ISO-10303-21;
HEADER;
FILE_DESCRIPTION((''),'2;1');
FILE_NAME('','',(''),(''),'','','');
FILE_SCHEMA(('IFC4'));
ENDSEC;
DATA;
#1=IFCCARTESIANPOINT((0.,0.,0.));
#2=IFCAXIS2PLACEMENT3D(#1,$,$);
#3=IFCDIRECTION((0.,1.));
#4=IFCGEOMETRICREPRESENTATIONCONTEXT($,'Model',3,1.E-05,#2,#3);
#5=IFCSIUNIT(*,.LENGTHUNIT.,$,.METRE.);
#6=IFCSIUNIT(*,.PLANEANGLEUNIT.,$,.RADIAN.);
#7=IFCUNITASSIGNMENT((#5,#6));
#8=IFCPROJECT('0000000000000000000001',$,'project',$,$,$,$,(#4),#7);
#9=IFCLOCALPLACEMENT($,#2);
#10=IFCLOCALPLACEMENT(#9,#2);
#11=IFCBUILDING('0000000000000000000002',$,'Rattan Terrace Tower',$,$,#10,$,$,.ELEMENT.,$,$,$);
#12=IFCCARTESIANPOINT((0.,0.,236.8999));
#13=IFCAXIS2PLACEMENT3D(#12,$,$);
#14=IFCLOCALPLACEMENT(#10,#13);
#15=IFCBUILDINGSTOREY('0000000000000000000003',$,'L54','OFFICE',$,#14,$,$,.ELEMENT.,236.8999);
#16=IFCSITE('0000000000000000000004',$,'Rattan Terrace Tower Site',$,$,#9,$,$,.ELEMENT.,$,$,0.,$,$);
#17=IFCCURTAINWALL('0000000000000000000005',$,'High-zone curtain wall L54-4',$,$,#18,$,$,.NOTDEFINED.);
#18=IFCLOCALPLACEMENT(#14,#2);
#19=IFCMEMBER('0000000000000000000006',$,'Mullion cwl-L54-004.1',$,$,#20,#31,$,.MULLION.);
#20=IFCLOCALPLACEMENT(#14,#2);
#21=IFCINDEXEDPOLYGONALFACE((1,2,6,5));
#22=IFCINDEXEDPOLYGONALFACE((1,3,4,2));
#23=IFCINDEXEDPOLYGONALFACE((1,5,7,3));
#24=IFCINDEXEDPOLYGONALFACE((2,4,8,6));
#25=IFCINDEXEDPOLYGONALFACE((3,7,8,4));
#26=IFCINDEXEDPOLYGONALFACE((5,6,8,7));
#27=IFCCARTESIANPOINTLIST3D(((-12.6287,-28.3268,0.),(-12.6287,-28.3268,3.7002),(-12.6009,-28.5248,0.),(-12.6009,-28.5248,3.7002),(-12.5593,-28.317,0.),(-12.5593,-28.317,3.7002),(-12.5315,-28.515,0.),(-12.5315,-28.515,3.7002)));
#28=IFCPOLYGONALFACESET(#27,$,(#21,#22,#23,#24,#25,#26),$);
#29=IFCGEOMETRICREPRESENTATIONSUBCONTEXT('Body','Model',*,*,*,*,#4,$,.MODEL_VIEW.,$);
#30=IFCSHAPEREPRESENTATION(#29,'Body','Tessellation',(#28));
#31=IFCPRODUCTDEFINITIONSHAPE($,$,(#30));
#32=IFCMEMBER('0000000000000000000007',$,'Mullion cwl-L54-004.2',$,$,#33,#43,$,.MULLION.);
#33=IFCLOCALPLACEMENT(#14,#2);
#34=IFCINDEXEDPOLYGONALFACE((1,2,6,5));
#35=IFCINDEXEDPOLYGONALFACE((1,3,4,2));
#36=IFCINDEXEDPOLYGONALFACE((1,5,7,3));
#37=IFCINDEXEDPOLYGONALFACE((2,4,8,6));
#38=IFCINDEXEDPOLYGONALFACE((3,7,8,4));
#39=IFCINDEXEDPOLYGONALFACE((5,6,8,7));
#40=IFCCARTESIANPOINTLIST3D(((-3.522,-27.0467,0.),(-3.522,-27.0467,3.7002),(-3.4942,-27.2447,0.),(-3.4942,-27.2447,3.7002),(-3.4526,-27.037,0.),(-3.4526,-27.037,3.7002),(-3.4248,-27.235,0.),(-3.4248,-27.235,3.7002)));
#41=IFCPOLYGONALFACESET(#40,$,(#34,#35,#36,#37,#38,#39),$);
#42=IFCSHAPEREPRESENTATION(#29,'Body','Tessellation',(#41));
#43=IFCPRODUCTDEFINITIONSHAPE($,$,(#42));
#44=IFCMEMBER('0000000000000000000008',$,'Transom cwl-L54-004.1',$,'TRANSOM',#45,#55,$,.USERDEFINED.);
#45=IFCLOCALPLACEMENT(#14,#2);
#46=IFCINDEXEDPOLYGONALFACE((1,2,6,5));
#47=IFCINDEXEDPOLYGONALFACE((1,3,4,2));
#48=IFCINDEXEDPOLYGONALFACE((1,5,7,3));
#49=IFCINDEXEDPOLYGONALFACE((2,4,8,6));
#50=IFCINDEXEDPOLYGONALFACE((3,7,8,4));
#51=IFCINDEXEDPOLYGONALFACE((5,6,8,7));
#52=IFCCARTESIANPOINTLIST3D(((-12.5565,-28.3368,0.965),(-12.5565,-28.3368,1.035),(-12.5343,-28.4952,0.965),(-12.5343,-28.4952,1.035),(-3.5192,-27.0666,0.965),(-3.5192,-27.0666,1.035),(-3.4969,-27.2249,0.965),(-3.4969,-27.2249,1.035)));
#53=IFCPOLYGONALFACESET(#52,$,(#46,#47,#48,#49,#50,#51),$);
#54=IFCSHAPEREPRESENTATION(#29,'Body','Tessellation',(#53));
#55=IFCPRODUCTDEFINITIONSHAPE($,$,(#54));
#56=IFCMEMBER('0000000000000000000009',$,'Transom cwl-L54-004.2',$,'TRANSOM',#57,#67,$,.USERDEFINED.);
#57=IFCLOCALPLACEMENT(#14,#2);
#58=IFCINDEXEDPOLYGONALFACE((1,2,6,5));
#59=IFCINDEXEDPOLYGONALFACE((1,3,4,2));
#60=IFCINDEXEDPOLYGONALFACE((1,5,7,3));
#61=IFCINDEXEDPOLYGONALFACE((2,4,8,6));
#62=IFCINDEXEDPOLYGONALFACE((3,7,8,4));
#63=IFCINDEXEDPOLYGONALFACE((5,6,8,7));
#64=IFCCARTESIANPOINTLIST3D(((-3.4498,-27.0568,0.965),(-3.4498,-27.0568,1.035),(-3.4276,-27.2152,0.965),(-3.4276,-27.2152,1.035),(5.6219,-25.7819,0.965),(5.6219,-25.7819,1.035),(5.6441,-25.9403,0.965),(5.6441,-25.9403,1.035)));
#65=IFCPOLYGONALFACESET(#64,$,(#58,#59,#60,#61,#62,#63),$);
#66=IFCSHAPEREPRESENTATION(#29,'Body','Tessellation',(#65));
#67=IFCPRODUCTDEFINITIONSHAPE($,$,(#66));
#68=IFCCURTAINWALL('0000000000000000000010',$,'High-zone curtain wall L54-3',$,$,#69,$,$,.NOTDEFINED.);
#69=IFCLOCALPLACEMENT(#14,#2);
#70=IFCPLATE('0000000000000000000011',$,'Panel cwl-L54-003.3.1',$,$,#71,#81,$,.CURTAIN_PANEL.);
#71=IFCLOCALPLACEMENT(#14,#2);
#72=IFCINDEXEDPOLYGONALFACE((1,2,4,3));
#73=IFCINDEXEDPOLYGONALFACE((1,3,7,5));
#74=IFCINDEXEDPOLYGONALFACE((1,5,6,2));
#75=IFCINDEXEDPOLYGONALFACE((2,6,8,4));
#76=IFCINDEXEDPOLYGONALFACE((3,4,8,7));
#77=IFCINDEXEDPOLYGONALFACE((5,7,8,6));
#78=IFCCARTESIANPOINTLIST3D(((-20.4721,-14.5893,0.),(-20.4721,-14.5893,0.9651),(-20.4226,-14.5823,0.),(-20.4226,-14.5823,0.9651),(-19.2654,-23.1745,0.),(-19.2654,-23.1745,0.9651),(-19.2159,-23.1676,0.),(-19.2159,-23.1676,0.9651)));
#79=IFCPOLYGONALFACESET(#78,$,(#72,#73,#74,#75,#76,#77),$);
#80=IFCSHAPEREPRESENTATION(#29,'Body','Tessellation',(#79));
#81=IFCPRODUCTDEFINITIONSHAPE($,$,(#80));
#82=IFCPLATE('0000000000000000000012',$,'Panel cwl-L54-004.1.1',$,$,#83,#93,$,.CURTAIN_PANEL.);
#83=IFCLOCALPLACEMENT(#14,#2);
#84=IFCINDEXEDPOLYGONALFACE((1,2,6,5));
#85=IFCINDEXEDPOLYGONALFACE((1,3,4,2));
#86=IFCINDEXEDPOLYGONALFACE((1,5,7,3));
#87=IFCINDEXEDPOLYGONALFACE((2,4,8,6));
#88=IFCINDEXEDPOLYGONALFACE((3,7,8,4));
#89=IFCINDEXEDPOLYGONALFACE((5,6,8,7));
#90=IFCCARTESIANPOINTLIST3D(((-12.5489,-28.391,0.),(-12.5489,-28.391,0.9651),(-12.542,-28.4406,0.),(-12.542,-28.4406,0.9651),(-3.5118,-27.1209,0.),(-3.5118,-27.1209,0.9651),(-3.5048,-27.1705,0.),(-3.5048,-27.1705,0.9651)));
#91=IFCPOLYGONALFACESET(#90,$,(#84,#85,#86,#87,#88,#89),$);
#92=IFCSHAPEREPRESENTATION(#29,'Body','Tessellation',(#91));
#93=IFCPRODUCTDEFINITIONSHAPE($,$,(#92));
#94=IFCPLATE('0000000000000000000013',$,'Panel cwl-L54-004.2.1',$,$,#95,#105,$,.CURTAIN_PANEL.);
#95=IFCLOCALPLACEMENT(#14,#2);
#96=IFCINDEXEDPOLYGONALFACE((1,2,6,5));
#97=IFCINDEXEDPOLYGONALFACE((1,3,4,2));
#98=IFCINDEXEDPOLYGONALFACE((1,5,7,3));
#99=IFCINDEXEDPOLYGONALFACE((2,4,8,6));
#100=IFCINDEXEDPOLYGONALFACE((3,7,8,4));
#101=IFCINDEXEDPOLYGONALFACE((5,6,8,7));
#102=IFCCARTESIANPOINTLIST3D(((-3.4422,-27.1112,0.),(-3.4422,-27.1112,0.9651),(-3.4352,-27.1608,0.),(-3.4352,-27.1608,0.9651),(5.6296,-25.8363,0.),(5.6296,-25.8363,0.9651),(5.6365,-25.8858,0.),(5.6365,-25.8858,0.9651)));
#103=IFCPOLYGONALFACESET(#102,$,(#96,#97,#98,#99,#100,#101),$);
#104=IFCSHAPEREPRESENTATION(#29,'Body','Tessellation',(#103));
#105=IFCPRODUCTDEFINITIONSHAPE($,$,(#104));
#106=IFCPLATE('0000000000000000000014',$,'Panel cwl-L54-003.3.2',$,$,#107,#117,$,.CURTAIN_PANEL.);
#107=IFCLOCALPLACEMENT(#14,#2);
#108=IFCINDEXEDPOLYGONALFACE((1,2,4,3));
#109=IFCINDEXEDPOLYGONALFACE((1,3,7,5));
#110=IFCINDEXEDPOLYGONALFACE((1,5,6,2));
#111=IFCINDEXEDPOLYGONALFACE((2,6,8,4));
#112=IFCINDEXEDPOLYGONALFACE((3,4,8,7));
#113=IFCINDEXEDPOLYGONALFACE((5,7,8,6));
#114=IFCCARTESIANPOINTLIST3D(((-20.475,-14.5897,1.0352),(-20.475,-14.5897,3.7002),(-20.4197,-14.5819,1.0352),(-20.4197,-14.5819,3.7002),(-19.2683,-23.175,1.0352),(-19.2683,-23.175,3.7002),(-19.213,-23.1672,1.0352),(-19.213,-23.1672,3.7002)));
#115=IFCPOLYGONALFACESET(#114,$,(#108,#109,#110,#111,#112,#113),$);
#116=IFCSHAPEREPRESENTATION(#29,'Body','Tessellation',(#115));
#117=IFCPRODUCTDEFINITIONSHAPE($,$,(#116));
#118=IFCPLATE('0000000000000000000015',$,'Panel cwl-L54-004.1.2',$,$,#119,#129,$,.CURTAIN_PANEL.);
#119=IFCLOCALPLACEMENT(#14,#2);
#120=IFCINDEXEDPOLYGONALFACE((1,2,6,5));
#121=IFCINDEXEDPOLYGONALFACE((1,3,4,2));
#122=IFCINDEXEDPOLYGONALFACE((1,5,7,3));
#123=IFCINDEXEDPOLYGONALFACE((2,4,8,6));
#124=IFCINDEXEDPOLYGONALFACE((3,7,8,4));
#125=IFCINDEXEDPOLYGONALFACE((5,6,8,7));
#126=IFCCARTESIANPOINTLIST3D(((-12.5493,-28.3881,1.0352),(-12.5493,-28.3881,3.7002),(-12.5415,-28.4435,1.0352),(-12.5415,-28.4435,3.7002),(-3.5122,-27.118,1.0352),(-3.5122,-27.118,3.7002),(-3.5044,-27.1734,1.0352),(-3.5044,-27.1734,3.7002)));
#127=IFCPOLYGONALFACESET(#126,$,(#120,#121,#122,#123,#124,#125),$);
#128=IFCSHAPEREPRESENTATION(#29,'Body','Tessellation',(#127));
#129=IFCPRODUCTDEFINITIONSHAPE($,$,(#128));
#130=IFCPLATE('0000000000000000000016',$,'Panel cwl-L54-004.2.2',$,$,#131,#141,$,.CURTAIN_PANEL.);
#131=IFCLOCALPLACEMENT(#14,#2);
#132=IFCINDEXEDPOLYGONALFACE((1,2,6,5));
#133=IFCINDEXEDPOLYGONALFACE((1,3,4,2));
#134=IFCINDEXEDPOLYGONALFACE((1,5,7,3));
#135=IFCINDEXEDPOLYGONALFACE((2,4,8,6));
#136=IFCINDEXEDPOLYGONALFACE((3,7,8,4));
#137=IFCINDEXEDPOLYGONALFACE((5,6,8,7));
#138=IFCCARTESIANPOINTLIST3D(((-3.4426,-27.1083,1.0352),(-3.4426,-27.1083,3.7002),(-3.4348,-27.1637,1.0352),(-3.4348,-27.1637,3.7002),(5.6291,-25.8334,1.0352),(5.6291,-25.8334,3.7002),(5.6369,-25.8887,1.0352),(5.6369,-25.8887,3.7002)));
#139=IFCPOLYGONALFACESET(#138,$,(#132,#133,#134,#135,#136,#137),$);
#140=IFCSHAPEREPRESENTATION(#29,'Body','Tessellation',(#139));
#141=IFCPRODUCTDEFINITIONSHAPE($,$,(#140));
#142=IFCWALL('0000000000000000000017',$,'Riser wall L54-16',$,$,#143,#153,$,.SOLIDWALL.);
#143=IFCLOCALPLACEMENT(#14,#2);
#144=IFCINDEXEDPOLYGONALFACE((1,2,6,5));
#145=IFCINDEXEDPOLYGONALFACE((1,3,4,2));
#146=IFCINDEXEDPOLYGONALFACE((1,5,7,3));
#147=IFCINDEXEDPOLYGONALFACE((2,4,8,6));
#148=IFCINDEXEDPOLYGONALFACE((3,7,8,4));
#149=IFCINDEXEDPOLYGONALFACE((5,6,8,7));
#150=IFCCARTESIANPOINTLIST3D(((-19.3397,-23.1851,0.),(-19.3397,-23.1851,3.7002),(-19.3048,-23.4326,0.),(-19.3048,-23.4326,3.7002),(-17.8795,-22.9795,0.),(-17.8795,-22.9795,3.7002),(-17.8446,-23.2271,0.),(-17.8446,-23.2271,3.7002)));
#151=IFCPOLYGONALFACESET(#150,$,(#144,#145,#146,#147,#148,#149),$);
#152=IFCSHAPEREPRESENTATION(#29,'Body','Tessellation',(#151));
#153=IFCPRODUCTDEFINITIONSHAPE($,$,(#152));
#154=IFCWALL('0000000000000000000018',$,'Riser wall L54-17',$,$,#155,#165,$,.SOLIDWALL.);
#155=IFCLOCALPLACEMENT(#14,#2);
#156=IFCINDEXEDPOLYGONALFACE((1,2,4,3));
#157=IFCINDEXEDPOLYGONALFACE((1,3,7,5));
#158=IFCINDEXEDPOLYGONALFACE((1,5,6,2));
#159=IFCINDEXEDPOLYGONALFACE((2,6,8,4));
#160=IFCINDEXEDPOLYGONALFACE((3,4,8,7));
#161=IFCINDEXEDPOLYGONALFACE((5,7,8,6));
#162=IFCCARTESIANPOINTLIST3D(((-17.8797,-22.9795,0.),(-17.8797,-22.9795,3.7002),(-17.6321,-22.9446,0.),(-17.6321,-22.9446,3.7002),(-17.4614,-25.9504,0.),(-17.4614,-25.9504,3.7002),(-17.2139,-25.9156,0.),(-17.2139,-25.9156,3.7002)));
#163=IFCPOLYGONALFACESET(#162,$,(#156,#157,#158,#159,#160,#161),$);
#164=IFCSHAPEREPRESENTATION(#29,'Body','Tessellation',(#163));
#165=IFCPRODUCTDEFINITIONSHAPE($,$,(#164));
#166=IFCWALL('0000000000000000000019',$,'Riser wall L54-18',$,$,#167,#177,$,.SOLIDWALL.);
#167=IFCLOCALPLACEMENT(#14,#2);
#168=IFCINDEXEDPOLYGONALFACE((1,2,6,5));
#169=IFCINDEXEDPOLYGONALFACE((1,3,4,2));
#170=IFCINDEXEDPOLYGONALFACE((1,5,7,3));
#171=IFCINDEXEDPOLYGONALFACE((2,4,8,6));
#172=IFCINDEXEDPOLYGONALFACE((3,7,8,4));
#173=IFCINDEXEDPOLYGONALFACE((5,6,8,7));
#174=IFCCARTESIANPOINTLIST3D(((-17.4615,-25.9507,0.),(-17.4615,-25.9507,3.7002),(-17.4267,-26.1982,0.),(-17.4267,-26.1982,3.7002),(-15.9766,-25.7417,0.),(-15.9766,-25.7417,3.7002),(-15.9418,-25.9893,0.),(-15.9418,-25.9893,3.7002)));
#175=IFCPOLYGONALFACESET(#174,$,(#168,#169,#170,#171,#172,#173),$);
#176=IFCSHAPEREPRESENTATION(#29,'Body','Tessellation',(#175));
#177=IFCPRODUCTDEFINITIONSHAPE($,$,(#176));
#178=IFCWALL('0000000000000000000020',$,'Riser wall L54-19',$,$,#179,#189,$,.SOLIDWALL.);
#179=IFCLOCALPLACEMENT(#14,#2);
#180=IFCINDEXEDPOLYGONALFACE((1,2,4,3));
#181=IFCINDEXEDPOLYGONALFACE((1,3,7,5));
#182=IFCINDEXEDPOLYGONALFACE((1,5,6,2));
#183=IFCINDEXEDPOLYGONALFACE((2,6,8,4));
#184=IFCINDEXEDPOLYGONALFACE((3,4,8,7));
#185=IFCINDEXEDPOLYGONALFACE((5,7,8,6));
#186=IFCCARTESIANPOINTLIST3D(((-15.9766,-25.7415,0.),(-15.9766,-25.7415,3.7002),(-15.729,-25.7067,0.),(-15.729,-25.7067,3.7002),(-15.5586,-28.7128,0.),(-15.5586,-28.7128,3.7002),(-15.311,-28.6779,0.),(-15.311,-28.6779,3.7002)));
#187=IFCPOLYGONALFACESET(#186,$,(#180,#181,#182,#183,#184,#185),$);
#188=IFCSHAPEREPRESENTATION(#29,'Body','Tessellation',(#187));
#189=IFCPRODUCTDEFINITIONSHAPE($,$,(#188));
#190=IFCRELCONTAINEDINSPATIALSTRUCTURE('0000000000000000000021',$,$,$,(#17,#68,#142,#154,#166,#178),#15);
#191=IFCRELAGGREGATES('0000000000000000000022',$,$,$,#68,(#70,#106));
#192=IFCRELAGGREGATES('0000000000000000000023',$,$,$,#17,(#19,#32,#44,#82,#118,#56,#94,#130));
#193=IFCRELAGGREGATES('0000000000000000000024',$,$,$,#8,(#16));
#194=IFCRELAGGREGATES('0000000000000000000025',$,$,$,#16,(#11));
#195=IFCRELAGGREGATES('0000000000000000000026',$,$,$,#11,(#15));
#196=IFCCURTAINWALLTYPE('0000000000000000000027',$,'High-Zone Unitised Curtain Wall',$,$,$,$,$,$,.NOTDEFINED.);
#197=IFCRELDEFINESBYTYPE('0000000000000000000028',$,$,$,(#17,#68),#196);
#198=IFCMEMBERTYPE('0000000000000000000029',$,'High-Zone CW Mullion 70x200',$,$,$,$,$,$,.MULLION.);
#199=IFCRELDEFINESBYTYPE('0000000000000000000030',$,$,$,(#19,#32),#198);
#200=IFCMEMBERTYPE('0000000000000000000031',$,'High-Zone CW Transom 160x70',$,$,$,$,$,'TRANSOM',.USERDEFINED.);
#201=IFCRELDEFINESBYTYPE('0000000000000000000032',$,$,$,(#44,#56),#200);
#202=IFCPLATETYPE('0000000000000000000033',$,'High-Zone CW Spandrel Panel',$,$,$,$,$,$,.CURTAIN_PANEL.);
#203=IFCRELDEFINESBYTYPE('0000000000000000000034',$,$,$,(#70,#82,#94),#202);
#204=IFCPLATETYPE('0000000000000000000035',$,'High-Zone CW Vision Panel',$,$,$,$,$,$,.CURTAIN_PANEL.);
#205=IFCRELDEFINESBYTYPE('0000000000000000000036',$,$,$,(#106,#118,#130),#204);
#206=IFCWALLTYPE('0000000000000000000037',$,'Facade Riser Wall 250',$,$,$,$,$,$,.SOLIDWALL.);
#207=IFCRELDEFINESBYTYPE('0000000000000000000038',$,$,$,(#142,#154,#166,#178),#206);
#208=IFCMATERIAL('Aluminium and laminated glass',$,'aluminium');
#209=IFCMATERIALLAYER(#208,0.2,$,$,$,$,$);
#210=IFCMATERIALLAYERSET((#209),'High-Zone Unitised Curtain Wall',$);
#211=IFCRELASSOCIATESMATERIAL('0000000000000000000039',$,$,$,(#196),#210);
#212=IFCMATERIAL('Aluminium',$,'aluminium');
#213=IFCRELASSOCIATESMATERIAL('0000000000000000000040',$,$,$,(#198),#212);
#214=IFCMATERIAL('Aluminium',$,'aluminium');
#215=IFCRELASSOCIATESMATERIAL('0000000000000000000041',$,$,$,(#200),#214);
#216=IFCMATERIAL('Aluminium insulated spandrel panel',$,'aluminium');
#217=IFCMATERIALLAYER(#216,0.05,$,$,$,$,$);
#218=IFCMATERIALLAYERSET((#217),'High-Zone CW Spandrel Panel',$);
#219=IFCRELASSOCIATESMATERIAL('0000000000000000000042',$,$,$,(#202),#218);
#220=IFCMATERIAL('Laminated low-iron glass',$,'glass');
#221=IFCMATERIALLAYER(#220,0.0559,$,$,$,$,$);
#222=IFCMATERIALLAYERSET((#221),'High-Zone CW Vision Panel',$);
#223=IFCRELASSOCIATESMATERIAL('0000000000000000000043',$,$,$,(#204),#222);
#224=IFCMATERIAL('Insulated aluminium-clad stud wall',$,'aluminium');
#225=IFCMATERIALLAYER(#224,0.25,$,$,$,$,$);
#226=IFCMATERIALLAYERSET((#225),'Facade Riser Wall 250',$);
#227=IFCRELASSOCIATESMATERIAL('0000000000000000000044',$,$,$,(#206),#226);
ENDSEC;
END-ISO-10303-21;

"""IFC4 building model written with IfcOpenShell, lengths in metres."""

from ifc_helpers import new_model, si_unit, direction, frame, frame_2d, origin, origin_2d, place, context, subcontext, project, spatial, rectangle, extrude, material, layer, layer_set, material_profile, profile_set, type_object, element, aggregate, save


model = new_model("IFC4")

# Units and contexts
model_context = context("Model", 3, precision=1e-05, world=origin(), true_north=direction((0.0, 1.0)))
body_context = subcontext(model_context, "Body", "Model", "MODEL_VIEW")
ifc_project = project(units=[si_unit("LENGTHUNIT", "METRE"), si_unit("PLANEANGLEUNIT", "RADIAN")], contexts=[model_context])

# Site, building, storey
site_placement = place(None, origin())
site = spatial("IfcSite", under=ifc_project, at=site_placement, Name="Rattan Terrace Tower Site", CompositionType="ELEMENT", RefElevation=0.0)
building_placement = place(site_placement, origin())
building = spatial("IfcBuilding", under=site, at=building_placement, Name="Rattan Terrace Tower", CompositionType="ELEMENT")
storey_placement = place(building_placement, frame((0.0, 0.0, 236.8999)))
storey = spatial("IfcBuildingStorey", under=building, at=storey_placement, Name="L54", Description="OFFICE", CompositionType="ELEMENT", Elevation=236.8999)

# Curtain wall, members
ifc_material_1 = material(Name="Aluminium and laminated glass", Category="aluminium")
ifc_layer_1 = layer(ifc_material_1, 0.2)
ifc_layer_set_1 = layer_set([ifc_layer_1], Name="High-Zone Unitised Curtain Wall")
curtain_wall_type = type_object("IfcCurtainWallType", Name="High-Zone Unitised Curtain Wall", PredefinedType="NOTDEFINED", material=ifc_layer_set_1)
curtain_wall_1_placement = place(storey_placement, origin())
curtain_wall_1 = element("IfcCurtainWall", 1, at=curtain_wall_1_placement, inside=storey, type_object=curtain_wall_type, Name="High-zone curtain wall L54-4", PredefinedType="NOTDEFINED")
ifc_material_2 = material(Name="Aluminium", Category="aluminium")
ifc_material_profile_1 = material_profile(ifc_material_2, rectangle(XDim=0.0701, YDim=0.2, at=origin_2d()), Name="Aluminium 70x200")
ifc_profile_set_1 = profile_set([ifc_material_profile_1], Name="Aluminium")
member_type_1 = type_object("IfcMemberType", Name="High-Zone CW Mullion 70x200", PredefinedType="MULLION", material=ifc_profile_set_1)
member_1_placement = place(storey_placement, frame((-12.5801, -28.4209, 0.0), z_axis=(0.0, 0.0, 1.0), x_axis=(0.990267, 0.139177, 0.0)))
member_1 = element("IfcMember", 2, at=member_1_placement, type_object=member_type_1, Name="Mullion cwl-L54-004.1", PredefinedType="MULLION", context=body_context, shape_type="SweptSolid", body=[
    extrude(rectangle(XDim=0.0701, YDim=0.2, at=origin_2d()), origin(), (0.0, 0.0, 1.0), 3.7002),
])
member_2_placement = place(storey_placement, frame((-3.4734, -27.1409, 0.0), z_axis=(0.0, 0.0, 1.0), x_axis=(0.990267, 0.139177, 0.0)))
member_2 = element("IfcMember", 3, at=member_2_placement, type_object=member_type_1, Name="Mullion cwl-L54-004.2", PredefinedType="MULLION", context=body_context, shape_type="SweptSolid", body=[
    extrude(rectangle(XDim=0.0701, YDim=0.2, at=origin_2d()), origin(), (0.0, 0.0, 1.0), 3.7002),
])
ifc_material_3 = material(Name="Aluminium", Category="aluminium")
ifc_material_profile_2 = material_profile(ifc_material_3, rectangle(XDim=0.1599, YDim=0.0701, at=origin_2d()), Name="Aluminium 160x70")
ifc_profile_set_2 = profile_set([ifc_material_profile_2], Name="Aluminium")
member_type_2 = type_object("IfcMemberType", Name="High-Zone CW Transom 160x70", ElementType="TRANSOM", PredefinedType="USERDEFINED", material=ifc_profile_set_2)
member_3_placement = place(storey_placement, frame((-12.5454, -28.416, 1.0), z_axis=(0.990266, 0.139189, 0.0), x_axis=(-0.139189, 0.990266, 0.0)))
member_3 = element("IfcMember", 4, at=member_3_placement, type_object=member_type_2, Name="Transom cwl-L54-004.1", ObjectType="TRANSOM", PredefinedType="USERDEFINED", context=body_context, shape_type="SweptSolid", body=[
    extrude(rectangle(XDim=0.1599, YDim=0.0701, at=origin_2d()), origin(), (0.0, 0.0, 1.0), 9.1262),
])
member_4_placement = place(storey_placement, frame((-3.4387, -27.136, 1.0), z_axis=(0.990269, 0.139167, 0.0), x_axis=(-0.139167, 0.990269, 0.0)))
member_4 = element("IfcMember", 5, at=member_4_placement, type_object=member_type_2, Name="Transom cwl-L54-004.2", ObjectType="TRANSOM", PredefinedType="USERDEFINED", context=body_context, shape_type="SweptSolid", body=[
    extrude(rectangle(XDim=0.1599, YDim=0.0701, at=origin_2d()), origin(), (0.0, 0.0, 1.0), 9.1609),
])

# Curtain wall, plate
curtain_wall_2_placement = place(storey_placement, origin())
curtain_wall_2 = element("IfcCurtainWall", 6, at=curtain_wall_2_placement, inside=storey, type_object=curtain_wall_type, Name="High-zone curtain wall L54-3", PredefinedType="NOTDEFINED")
ifc_material_4 = material(Name="Aluminium insulated spandrel panel", Category="aluminium")
ifc_layer_2 = layer(ifc_material_4, 0.05)
ifc_layer_set_2 = layer_set([ifc_layer_2], Name="High-Zone CW Spandrel Panel")
plate_type_1 = type_object("IfcPlateType", Name="High-Zone CW Spandrel Panel", PredefinedType="CURTAIN_PANEL", material=ifc_layer_set_2)
plate_1_placement = place(storey_placement, frame((-19.844, -18.8784, 0.0), z_axis=(0.0, 0.0, 1.0), x_axis=(0.139186, -0.990266, 0.0)))
plate_1 = element("IfcPlate", 7, at=plate_1_placement, type_object=plate_type_1, Name="Panel cwl-L54-003.3.1", PredefinedType="CURTAIN_PANEL", context=body_context, shape_type="SweptSolid", body=[
    extrude(rectangle(XDim=8.6697, YDim=0.05, at=origin_2d()), origin(), (0.0, 0.0, 1.0), 0.9651),
])

# Plates
plate_2_placement = place(storey_placement, frame((-8.0269, -27.7808, 0.0), z_axis=(0.0, 0.0, 1.0), x_axis=(0.990267, 0.139177, 0.0)))
plate_2 = element("IfcPlate", 8, at=plate_2_placement, type_object=plate_type_1, Name="Panel cwl-L54-004.1.1", PredefinedType="CURTAIN_PANEL", context=body_context, shape_type="SweptSolid", body=[
    extrude(rectangle(XDim=9.126, YDim=0.05, at=origin_2d()), origin(), (0.0, 0.0, 1.0), 0.9651),
])
plate_3_placement = place(storey_placement, frame((1.0972, -26.4985, 0.0), z_axis=(0.0, 0.0, 1.0), x_axis=(0.990267, 0.139177, 0.0)))
plate_3 = element("IfcPlate", 9, at=plate_3_placement, type_object=plate_type_1, Name="Panel cwl-L54-004.2.1", PredefinedType="CURTAIN_PANEL", context=body_context, shape_type="SweptSolid", body=[
    extrude(rectangle(XDim=9.1609, YDim=0.05, at=origin_2d()), origin(), (0.0, 0.0, 1.0), 0.9651),
])
ifc_material_5 = material(Name="Laminated low-iron glass", Category="glass")
ifc_layer_3 = layer(ifc_material_5, 0.0559)
ifc_layer_set_3 = layer_set([ifc_layer_3], Name="High-Zone CW Vision Panel")
plate_type_2 = type_object("IfcPlateType", Name="High-Zone CW Vision Panel", PredefinedType="CURTAIN_PANEL", material=ifc_layer_set_3)
plate_4_placement = place(storey_placement, frame((-19.844, -18.8784, 1.0352), z_axis=(0.0, 0.0, 1.0), x_axis=(0.139186, -0.990266, 0.0)))
plate_4 = element("IfcPlate", 10, at=plate_4_placement, type_object=plate_type_2, Name="Panel cwl-L54-003.3.2", PredefinedType="CURTAIN_PANEL", context=body_context, shape_type="SweptSolid", body=[
    extrude(rectangle(XDim=8.6697, YDim=0.0559, at=origin_2d()), origin(), (0.0, 0.0, 1.0), 2.665),
])
aggregate(curtain_wall_2, [plate_1, plate_4])
plate_5_placement = place(storey_placement, frame((-8.0269, -27.7808, 1.0352), z_axis=(0.0, 0.0, 1.0), x_axis=(0.990267, 0.139177, 0.0)))
plate_5 = element("IfcPlate", 11, at=plate_5_placement, type_object=plate_type_2, Name="Panel cwl-L54-004.1.2", PredefinedType="CURTAIN_PANEL", context=body_context, shape_type="SweptSolid", body=[
    extrude(rectangle(XDim=9.126, YDim=0.0559, at=origin_2d()), origin(), (0.0, 0.0, 1.0), 2.665),
])
plate_6_placement = place(storey_placement, frame((1.0972, -26.4985, 1.0352), z_axis=(0.0, 0.0, 1.0), x_axis=(0.990267, 0.139177, 0.0)))
plate_6 = element("IfcPlate", 12, at=plate_6_placement, type_object=plate_type_2, Name="Panel cwl-L54-004.2.2", PredefinedType="CURTAIN_PANEL", context=body_context, shape_type="SweptSolid", body=[
    extrude(rectangle(XDim=9.1609, YDim=0.0559, at=origin_2d()), origin(), (0.0, 0.0, 1.0), 2.665),
])
aggregate(curtain_wall_1, [member_1, member_2, member_3, plate_2, plate_5, member_4, plate_3, plate_6])

# Walls
ifc_material_6 = material(Name="Insulated aluminium-clad stud wall", Category="aluminium")
ifc_layer_4 = layer(ifc_material_6, 0.25)
ifc_layer_set_4 = layer_set([ifc_layer_4], Name="Facade Riser Wall 250")
wall_type_1 = type_object("IfcWallType", Name="Facade Riser Wall 250", PredefinedType="SOLIDWALL", material=ifc_layer_set_4)
wall_1_placement = place(storey_placement, frame((-19.3223, -23.3088, 0.0), z_axis=(0.0, 0.0, 1.0), x_axis=(0.990236, 0.139404, 0.0)))
element("IfcWall", 13, at=wall_1_placement, inside=storey, type_object=wall_type_1, Name="Riser wall L54-16", PredefinedType="SOLIDWALL", context=body_context, shape_type="SweptSolid", body=[
    extrude(rectangle(XDim=1.4746, YDim=0.25, at=frame_2d((0.7373, 0.0))), origin(), (0.0, 0.0, 1.0), 3.7002),
])
wall_2_placement = place(storey_placement, frame((-17.7559, -22.9622, 0.0), z_axis=(0.0, 0.0, 1.0), x_axis=(0.139393, -0.990237, 0.0)))
element("IfcWall", 14, at=wall_2_placement, inside=storey, type_object=wall_type_1, Name="Riser wall L54-17", PredefinedType="SOLIDWALL", context=body_context, shape_type="SweptSolid", body=[
    extrude(rectangle(XDim=3.0002, YDim=0.25, at=frame_2d((1.5, 0.0))), origin(), (0.0, 0.0, 1.0), 3.7002),
])
wall_3_placement = place(storey_placement, frame((-17.4441, -26.0745, 0.0), z_axis=(0.0, 0.0, 1.0), x_axis=(0.99024, 0.13937, 0.0)))
element("IfcWall", 15, at=wall_3_placement, inside=storey, type_object=wall_type_1, Name="Riser wall L54-18", PredefinedType="SOLIDWALL", context=body_context, shape_type="SweptSolid", body=[
    extrude(rectangle(XDim=1.4995, YDim=0.25, at=frame_2d((0.7498, 0.0))), origin(), (0.0, 0.0, 1.0), 3.7002),
])
wall_4_placement = place(storey_placement, frame((-15.8528, -25.7241, 0.0), z_axis=(0.0, 0.0, 1.0), x_axis=(0.139302, -0.99025, 0.0)))
element("IfcWall", 16, at=wall_4_placement, inside=storey, type_object=wall_type_1, Name="Riser wall L54-19", PredefinedType="SOLIDWALL", context=body_context, shape_type="SweptSolid", body=[
    extrude(rectangle(XDim=3.0005, YDim=0.25, at=frame_2d((1.5002, 0.0))), origin(), (0.0, 0.0, 1.0), 3.7002),
])

save(model, "model.ifc")
